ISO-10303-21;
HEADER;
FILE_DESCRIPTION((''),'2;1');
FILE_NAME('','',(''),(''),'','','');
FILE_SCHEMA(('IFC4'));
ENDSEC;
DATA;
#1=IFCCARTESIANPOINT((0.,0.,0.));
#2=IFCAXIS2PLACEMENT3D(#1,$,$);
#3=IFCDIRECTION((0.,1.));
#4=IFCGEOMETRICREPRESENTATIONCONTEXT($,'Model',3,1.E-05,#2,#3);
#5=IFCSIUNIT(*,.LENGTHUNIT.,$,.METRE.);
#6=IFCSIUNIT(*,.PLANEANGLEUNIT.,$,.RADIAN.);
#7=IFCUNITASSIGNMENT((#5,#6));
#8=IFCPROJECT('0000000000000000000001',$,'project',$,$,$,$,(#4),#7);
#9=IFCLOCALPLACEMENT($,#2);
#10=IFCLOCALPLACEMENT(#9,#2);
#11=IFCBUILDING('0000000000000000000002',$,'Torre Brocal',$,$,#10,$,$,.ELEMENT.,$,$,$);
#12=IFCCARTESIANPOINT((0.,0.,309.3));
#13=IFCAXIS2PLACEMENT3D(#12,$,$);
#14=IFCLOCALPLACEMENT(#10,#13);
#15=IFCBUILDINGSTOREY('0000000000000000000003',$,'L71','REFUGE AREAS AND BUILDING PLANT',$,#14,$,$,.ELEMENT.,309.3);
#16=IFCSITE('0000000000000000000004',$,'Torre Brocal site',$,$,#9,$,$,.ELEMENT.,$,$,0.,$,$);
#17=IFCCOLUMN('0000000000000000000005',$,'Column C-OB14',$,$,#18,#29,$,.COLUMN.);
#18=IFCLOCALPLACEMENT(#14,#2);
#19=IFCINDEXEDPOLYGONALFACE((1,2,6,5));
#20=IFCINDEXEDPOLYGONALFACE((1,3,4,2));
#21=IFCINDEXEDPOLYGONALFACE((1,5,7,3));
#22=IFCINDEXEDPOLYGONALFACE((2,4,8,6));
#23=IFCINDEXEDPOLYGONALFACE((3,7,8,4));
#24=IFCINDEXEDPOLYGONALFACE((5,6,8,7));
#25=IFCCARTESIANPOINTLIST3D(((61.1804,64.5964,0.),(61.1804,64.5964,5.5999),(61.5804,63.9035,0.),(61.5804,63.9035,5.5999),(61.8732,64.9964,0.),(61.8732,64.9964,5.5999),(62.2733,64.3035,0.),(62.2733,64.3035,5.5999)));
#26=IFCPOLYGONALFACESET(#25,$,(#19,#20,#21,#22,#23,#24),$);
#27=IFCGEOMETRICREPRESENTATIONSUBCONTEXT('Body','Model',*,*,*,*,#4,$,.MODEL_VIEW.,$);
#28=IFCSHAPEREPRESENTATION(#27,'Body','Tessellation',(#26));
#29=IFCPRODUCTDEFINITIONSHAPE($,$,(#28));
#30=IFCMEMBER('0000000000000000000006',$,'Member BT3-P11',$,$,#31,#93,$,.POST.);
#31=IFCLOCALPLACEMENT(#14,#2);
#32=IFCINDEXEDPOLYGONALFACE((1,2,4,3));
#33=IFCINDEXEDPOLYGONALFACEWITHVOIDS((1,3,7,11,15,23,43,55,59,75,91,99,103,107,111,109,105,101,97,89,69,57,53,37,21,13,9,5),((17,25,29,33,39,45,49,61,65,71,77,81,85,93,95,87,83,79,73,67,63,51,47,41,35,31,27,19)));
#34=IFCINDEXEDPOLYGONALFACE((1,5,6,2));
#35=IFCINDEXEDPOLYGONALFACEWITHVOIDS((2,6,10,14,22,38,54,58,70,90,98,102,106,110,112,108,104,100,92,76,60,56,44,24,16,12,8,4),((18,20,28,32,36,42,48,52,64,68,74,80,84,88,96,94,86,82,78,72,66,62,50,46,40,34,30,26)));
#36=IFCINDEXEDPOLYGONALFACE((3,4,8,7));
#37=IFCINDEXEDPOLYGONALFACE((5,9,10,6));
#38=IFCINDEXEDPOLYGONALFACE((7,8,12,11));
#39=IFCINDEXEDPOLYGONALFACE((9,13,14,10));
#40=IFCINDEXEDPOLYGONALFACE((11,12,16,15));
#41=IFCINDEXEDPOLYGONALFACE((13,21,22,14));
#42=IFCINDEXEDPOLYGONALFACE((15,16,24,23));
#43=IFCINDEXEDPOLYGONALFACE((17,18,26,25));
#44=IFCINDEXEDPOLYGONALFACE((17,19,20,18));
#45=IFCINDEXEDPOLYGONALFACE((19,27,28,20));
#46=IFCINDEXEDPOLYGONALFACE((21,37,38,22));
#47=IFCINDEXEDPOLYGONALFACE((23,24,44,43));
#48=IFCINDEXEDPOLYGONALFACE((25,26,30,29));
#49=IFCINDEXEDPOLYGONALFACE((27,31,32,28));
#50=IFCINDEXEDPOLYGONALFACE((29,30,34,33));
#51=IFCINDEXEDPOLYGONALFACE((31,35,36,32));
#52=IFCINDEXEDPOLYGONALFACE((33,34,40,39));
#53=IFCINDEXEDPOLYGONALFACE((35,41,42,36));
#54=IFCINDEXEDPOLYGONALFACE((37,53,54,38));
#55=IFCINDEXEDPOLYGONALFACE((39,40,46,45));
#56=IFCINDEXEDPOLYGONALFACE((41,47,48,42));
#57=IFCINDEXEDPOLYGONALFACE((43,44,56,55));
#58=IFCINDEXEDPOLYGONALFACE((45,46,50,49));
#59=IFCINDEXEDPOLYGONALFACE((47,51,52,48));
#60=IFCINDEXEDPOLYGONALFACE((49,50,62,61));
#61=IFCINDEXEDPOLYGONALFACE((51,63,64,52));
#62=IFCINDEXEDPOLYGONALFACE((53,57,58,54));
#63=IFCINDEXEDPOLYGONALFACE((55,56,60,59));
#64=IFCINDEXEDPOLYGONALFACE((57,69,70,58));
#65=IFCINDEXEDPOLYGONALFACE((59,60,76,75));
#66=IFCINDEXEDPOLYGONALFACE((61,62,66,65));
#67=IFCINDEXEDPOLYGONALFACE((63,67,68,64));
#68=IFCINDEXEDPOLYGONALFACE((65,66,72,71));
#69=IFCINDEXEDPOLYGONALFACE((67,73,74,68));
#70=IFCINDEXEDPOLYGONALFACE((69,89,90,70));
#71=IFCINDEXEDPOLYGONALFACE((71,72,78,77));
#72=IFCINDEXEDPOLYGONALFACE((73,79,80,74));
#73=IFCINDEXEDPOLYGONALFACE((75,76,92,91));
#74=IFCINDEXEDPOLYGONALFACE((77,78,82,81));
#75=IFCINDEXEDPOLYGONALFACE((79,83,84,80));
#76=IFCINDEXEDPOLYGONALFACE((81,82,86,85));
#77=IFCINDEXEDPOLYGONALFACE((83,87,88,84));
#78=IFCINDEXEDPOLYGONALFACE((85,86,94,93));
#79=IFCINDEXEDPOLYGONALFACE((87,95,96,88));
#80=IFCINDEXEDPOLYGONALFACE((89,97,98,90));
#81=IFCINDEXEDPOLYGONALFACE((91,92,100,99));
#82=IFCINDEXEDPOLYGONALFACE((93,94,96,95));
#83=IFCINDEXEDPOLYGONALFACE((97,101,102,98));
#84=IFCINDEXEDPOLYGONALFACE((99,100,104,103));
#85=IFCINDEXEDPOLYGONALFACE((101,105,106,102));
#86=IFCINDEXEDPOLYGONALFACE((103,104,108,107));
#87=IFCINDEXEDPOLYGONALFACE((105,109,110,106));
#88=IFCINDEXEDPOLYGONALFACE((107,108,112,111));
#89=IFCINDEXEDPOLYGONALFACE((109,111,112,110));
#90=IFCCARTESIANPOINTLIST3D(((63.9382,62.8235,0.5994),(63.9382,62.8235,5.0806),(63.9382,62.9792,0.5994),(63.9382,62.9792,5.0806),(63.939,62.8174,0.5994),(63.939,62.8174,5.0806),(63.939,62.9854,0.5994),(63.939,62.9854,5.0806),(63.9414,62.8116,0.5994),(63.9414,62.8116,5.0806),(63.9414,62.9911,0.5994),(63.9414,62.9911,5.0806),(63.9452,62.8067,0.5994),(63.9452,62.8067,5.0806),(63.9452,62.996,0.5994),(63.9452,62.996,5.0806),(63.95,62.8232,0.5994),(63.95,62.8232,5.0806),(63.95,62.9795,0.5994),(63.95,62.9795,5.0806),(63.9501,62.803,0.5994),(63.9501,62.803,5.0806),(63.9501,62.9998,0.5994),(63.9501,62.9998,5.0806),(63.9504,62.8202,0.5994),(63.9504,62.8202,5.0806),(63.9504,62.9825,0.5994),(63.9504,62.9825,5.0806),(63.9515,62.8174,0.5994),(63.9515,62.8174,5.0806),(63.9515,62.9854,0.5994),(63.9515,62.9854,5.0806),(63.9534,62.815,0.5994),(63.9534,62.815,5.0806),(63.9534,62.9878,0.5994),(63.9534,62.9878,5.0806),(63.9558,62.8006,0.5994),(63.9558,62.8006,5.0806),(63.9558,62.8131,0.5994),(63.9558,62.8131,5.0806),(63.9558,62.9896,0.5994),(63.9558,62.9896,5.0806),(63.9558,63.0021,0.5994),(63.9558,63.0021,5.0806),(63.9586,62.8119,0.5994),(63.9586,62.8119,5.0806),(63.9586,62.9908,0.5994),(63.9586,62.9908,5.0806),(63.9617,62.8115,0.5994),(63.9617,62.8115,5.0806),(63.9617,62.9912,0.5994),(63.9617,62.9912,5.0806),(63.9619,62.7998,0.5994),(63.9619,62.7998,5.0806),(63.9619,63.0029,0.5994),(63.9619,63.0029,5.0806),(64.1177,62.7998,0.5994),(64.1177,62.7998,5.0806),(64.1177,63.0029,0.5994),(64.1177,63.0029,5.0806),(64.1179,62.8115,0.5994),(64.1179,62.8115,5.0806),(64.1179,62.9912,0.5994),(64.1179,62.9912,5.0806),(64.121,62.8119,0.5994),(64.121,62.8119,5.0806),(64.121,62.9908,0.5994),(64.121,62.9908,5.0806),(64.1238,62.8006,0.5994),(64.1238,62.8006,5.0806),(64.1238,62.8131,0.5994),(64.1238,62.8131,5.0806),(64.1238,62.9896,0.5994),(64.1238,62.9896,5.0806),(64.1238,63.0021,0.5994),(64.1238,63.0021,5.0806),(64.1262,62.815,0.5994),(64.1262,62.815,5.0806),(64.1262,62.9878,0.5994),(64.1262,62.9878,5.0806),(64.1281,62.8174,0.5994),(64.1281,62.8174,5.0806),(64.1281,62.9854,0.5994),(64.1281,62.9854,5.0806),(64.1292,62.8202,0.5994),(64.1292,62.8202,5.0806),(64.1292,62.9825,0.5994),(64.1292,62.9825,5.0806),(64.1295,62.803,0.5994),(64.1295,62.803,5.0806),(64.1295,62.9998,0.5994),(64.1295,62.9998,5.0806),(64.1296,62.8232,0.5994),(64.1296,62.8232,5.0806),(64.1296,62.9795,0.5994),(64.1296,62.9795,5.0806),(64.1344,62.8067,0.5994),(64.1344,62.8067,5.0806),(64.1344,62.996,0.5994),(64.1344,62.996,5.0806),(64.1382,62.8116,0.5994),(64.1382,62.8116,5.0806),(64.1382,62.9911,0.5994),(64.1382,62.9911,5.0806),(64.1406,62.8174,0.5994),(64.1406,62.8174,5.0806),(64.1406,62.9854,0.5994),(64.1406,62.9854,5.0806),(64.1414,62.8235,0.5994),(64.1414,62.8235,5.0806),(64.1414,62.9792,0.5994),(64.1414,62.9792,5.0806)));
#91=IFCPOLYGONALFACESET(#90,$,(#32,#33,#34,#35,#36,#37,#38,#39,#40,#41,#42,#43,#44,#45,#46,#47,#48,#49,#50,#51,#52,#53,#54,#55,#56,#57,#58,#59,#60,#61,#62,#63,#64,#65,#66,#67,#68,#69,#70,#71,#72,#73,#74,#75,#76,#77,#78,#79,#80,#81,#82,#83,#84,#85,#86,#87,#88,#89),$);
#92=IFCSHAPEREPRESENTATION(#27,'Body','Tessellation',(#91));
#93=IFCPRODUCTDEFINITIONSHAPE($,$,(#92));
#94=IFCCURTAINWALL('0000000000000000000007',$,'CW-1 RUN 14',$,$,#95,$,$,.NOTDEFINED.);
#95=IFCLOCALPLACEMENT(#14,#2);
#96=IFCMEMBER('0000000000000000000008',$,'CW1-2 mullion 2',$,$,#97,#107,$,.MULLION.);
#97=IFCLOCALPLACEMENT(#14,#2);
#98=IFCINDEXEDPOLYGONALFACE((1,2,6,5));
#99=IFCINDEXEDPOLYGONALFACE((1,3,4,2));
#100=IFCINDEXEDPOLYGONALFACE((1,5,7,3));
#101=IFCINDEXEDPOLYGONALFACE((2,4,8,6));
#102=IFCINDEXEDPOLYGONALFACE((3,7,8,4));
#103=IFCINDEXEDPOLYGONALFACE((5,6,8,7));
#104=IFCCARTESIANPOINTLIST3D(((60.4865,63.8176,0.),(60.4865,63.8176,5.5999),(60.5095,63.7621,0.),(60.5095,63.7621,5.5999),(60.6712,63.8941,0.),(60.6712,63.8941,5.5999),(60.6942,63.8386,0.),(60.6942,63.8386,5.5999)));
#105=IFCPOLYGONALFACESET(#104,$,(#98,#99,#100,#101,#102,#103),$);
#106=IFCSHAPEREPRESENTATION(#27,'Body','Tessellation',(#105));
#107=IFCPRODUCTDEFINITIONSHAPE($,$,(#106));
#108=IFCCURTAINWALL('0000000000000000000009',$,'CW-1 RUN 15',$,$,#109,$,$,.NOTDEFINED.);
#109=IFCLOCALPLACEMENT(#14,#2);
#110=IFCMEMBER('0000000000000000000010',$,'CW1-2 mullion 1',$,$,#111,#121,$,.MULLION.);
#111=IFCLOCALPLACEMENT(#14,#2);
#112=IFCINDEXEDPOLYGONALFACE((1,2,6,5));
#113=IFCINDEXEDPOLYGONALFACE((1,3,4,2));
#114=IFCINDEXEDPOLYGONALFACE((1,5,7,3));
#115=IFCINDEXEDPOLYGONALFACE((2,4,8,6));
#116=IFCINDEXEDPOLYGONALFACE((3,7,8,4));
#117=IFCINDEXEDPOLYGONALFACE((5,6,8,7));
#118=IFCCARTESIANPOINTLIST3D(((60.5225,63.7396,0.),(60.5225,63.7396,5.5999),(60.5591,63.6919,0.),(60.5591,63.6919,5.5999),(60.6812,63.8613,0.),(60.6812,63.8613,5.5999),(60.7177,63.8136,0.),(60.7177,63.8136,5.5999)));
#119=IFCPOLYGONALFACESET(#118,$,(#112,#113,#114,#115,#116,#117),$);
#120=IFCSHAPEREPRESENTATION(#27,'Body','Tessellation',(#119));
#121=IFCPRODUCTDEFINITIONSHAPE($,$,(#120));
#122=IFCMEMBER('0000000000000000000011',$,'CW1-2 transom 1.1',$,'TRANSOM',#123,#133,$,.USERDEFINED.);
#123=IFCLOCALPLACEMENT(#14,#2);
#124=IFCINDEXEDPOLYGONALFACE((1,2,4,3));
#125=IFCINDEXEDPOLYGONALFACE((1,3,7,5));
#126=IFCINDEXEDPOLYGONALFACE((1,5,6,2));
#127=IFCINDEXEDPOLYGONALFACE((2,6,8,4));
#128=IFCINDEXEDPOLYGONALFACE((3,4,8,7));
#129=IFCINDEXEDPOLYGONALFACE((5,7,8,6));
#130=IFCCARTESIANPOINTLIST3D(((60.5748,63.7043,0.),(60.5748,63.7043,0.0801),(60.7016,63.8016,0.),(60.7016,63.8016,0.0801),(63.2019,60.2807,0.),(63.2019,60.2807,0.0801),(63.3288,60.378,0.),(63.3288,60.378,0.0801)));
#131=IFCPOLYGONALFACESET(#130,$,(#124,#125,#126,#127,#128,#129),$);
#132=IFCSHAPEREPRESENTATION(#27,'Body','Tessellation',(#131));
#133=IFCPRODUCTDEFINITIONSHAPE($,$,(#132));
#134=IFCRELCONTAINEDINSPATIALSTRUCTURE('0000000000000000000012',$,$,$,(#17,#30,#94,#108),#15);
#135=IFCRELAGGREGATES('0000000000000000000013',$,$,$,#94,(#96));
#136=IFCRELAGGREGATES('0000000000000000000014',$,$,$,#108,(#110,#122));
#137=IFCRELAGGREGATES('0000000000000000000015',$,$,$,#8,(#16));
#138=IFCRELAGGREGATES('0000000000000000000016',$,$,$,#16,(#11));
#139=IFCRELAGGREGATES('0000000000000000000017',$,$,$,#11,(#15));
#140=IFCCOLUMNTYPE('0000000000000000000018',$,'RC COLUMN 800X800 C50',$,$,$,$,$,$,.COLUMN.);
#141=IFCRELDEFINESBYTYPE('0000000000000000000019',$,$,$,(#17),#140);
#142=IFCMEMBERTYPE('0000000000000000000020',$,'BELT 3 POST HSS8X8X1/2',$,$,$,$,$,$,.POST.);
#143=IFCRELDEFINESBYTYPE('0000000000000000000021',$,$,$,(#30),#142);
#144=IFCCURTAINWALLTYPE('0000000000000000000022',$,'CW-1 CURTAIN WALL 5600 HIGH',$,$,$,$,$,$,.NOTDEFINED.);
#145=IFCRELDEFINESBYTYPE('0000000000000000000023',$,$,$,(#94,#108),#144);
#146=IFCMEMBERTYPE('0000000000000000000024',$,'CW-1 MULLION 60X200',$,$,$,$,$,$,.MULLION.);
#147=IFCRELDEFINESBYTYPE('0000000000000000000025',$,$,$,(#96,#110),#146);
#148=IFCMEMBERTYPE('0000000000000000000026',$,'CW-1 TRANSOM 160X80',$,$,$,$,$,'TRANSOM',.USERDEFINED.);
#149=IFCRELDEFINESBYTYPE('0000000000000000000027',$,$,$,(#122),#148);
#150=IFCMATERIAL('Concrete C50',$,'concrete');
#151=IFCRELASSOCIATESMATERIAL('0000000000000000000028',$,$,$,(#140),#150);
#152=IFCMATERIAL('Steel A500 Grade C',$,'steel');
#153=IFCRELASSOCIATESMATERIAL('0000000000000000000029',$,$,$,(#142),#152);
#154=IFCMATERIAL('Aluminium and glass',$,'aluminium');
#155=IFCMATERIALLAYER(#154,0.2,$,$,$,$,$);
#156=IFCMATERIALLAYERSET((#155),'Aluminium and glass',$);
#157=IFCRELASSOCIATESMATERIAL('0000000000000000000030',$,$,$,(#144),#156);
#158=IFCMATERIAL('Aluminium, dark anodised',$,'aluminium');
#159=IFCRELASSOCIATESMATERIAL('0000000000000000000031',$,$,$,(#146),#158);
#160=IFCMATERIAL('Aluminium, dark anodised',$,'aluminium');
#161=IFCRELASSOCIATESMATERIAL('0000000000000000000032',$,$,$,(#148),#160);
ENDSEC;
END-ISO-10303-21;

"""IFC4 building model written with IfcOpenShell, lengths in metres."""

from ifc_helpers import new_model, si_unit, direction, frame, origin, origin_2d, place, context, subcontext, project, spatial, rectangle, hollow_rectangle, extrude, material, layer, layer_set, material_profile, profile_set, type_object, element, aggregate, save


model = new_model("IFC4")

# Units and contexts
model_context = context("Model", 3, precision=1e-05, world=origin(), true_north=direction((0.0, 1.0)))
body_context = subcontext(model_context, "Body", "Model", "MODEL_VIEW")
ifc_project = project(units=[si_unit("LENGTHUNIT", "METRE"), si_unit("PLANEANGLEUNIT", "RADIAN")], contexts=[model_context])

# Site, building, storey
site_placement = place(None, origin())
site = spatial("IfcSite", under=ifc_project, at=site_placement, Name="Torre Brocal site", CompositionType="ELEMENT", RefElevation=0.0)
building_placement = place(site_placement, origin())
building = spatial("IfcBuilding", under=site, at=building_placement, Name="Torre Brocal", CompositionType="ELEMENT")
storey_placement = place(building_placement, frame((0.0, 0.0, 309.3)))
storey = spatial("IfcBuildingStorey", under=building, at=storey_placement, Name="L71", Description="REFUGE AREAS AND BUILDING PLANT", CompositionType="ELEMENT", Elevation=309.3)

# Column
ifc_material_1 = material(Name="Concrete C50", Category="concrete")
ifc_material_profile_1 = material_profile(ifc_material_1, rectangle(XDim=0.8, YDim=0.8, at=origin_2d()), Name="RC 800X800")
ifc_profile_set_1 = profile_set([ifc_material_profile_1], Name="Concrete C50")
column_type = type_object("IfcColumnType", Name="RC COLUMN 800X800 C50", PredefinedType="COLUMN", material=ifc_profile_set_1)
column_placement = place(storey_placement, frame((61.7268, 64.45, 0.0), z_axis=(0.0, 0.0, 1.0), x_axis=(-0.866025, -0.5, 0.0)))
element("IfcColumn", 1, at=column_placement, inside=storey, type_object=column_type, Name="Column C-OB14", PredefinedType="COLUMN", context=body_context, shape_type="SweptSolid", body=[
    extrude(rectangle(XDim=0.8, YDim=0.8, at=origin_2d()), origin(), (0.0, 0.0, 1.0), 5.5999),
])

# Member
ifc_material_2 = material(Name="Steel A500 Grade C", Category="steel")
ifc_material_profile_2 = material_profile(ifc_material_2, hollow_rectangle(XDim=0.2031, YDim=0.2031, WallThickness=0.0117, InnerFilletRadius=0.0117, OuterFilletRadius=0.0237, at=origin_2d()), Name="HSS8X8X1/2")
ifc_profile_set_2 = profile_set([ifc_material_profile_2], Name="Steel A500 Grade C")
member_type_1 = type_object("IfcMemberType", Name="BELT 3 POST HSS8X8X1/2", PredefinedType="POST", material=ifc_profile_set_2)
member_1_placement = place(storey_placement, frame((64.0398, 62.9014, 0.5994), z_axis=(0.0, 0.0, 1.0), x_axis=(1.0, 0.0, 0.0)))
element("IfcMember", 2, at=member_1_placement, inside=storey, type_object=member_type_1, Name="Member BT3-P11", PredefinedType="POST", context=body_context, shape_type="SweptSolid", body=[
    extrude(hollow_rectangle(XDim=0.2031, YDim=0.2031, WallThickness=0.0117, InnerFilletRadius=0.0117, OuterFilletRadius=0.0237, at=origin_2d()), origin(), (0.0, 0.0, 1.0), 4.4812),
])

# Curtain wall, member
ifc_material_3 = material(Name="Aluminium and glass", Category="aluminium")
ifc_layer = layer(ifc_material_3, 0.2)
ifc_layer_set = layer_set([ifc_layer], Name="Aluminium and glass")
curtain_wall_type = type_object("IfcCurtainWallType", Name="CW-1 CURTAIN WALL 5600 HIGH", PredefinedType="NOTDEFINED", material=ifc_layer_set)
curtain_wall_1_placement = place(storey_placement, origin())
curtain_wall_1 = element("IfcCurtainWall", 3, at=curtain_wall_1_placement, inside=storey, type_object=curtain_wall_type, Name="CW-1 RUN 14", PredefinedType="NOTDEFINED")
ifc_material_4 = material(Name="Aluminium, dark anodised", Category="aluminium")
ifc_material_profile_3 = material_profile(ifc_material_4, rectangle(XDim=0.2, YDim=0.0601, at=origin_2d()), Name="CW-1 MULLION 60X200")
ifc_profile_set_3 = profile_set([ifc_material_profile_3], Name="Aluminium, dark anodised")
member_type_2 = type_object("IfcMemberType", Name="CW-1 MULLION 60X200", PredefinedType="MULLION", material=ifc_profile_set_3)
member_2_placement = place(storey_placement, frame((60.5903, 63.8281, 0.0), z_axis=(0.0, 0.0, 1.0), x_axis=(0.92388, 0.382683, 0.0)))
member_2 = element("IfcMember", 4, at=member_2_placement, type_object=member_type_2, Name="CW1-2 mullion 2", PredefinedType="MULLION", context=body_context, shape_type="SweptSolid", body=[
    extrude(rectangle(XDim=0.2, YDim=0.0601, at=origin_2d()), origin(), (0.0, 0.0, 1.0), 5.5999),
])
aggregate(curtain_wall_1, [member_2])

# Curtain wall, members
curtain_wall_2_placement = place(storey_placement, origin())
curtain_wall_2 = element("IfcCurtainWall", 5, at=curtain_wall_2_placement, inside=storey, type_object=curtain_wall_type, Name="CW-1 RUN 15", PredefinedType="NOTDEFINED")
member_3_placement = place(storey_placement, frame((60.6201, 63.7766, 0.0), z_axis=(0.0, 0.0, 1.0), x_axis=(0.793353, 0.608761, 0.0)))
member_3 = element("IfcMember", 6, at=member_3_placement, type_object=member_type_2, Name="CW1-2 mullion 1", PredefinedType="MULLION", context=body_context, shape_type="SweptSolid", body=[
    extrude(rectangle(XDim=0.2, YDim=0.0601, at=origin_2d()), origin(), (0.0, 0.0, 1.0), 5.5999),
])
ifc_material_5 = material(Name="Aluminium, dark anodised", Category="aluminium")
ifc_material_profile_4 = material_profile(ifc_material_5, rectangle(XDim=0.1599, YDim=0.0801, at=origin_2d()), Name="CW-1 TRANSOM 160X80")
ifc_profile_set_4 = profile_set([ifc_material_profile_4], Name="Aluminium, dark anodised")
member_type_3 = type_object("IfcMemberType", Name="CW-1 TRANSOM 160X80", ElementType="TRANSOM", PredefinedType="USERDEFINED", material=ifc_profile_set_4)
member_4_placement = place(storey_placement, frame((60.6382, 63.7529, 0.04), z_axis=(0.608789, -0.793332, 0.0), x_axis=(0.793332, 0.608789, 0.0)))
member_4 = element("IfcMember", 7, at=member_4_placement, type_object=member_type_3, Name="CW1-2 transom 1.1", ObjectType="TRANSOM", PredefinedType="USERDEFINED", context=body_context, shape_type="SweptSolid", body=[
    extrude(rectangle(XDim=0.1599, YDim=0.0801, at=origin_2d()), origin(), (0.0, 0.0, 1.0), 4.3154),
])
aggregate(curtain_wall_2, [member_3, member_4])

save(model, "model.ifc")
